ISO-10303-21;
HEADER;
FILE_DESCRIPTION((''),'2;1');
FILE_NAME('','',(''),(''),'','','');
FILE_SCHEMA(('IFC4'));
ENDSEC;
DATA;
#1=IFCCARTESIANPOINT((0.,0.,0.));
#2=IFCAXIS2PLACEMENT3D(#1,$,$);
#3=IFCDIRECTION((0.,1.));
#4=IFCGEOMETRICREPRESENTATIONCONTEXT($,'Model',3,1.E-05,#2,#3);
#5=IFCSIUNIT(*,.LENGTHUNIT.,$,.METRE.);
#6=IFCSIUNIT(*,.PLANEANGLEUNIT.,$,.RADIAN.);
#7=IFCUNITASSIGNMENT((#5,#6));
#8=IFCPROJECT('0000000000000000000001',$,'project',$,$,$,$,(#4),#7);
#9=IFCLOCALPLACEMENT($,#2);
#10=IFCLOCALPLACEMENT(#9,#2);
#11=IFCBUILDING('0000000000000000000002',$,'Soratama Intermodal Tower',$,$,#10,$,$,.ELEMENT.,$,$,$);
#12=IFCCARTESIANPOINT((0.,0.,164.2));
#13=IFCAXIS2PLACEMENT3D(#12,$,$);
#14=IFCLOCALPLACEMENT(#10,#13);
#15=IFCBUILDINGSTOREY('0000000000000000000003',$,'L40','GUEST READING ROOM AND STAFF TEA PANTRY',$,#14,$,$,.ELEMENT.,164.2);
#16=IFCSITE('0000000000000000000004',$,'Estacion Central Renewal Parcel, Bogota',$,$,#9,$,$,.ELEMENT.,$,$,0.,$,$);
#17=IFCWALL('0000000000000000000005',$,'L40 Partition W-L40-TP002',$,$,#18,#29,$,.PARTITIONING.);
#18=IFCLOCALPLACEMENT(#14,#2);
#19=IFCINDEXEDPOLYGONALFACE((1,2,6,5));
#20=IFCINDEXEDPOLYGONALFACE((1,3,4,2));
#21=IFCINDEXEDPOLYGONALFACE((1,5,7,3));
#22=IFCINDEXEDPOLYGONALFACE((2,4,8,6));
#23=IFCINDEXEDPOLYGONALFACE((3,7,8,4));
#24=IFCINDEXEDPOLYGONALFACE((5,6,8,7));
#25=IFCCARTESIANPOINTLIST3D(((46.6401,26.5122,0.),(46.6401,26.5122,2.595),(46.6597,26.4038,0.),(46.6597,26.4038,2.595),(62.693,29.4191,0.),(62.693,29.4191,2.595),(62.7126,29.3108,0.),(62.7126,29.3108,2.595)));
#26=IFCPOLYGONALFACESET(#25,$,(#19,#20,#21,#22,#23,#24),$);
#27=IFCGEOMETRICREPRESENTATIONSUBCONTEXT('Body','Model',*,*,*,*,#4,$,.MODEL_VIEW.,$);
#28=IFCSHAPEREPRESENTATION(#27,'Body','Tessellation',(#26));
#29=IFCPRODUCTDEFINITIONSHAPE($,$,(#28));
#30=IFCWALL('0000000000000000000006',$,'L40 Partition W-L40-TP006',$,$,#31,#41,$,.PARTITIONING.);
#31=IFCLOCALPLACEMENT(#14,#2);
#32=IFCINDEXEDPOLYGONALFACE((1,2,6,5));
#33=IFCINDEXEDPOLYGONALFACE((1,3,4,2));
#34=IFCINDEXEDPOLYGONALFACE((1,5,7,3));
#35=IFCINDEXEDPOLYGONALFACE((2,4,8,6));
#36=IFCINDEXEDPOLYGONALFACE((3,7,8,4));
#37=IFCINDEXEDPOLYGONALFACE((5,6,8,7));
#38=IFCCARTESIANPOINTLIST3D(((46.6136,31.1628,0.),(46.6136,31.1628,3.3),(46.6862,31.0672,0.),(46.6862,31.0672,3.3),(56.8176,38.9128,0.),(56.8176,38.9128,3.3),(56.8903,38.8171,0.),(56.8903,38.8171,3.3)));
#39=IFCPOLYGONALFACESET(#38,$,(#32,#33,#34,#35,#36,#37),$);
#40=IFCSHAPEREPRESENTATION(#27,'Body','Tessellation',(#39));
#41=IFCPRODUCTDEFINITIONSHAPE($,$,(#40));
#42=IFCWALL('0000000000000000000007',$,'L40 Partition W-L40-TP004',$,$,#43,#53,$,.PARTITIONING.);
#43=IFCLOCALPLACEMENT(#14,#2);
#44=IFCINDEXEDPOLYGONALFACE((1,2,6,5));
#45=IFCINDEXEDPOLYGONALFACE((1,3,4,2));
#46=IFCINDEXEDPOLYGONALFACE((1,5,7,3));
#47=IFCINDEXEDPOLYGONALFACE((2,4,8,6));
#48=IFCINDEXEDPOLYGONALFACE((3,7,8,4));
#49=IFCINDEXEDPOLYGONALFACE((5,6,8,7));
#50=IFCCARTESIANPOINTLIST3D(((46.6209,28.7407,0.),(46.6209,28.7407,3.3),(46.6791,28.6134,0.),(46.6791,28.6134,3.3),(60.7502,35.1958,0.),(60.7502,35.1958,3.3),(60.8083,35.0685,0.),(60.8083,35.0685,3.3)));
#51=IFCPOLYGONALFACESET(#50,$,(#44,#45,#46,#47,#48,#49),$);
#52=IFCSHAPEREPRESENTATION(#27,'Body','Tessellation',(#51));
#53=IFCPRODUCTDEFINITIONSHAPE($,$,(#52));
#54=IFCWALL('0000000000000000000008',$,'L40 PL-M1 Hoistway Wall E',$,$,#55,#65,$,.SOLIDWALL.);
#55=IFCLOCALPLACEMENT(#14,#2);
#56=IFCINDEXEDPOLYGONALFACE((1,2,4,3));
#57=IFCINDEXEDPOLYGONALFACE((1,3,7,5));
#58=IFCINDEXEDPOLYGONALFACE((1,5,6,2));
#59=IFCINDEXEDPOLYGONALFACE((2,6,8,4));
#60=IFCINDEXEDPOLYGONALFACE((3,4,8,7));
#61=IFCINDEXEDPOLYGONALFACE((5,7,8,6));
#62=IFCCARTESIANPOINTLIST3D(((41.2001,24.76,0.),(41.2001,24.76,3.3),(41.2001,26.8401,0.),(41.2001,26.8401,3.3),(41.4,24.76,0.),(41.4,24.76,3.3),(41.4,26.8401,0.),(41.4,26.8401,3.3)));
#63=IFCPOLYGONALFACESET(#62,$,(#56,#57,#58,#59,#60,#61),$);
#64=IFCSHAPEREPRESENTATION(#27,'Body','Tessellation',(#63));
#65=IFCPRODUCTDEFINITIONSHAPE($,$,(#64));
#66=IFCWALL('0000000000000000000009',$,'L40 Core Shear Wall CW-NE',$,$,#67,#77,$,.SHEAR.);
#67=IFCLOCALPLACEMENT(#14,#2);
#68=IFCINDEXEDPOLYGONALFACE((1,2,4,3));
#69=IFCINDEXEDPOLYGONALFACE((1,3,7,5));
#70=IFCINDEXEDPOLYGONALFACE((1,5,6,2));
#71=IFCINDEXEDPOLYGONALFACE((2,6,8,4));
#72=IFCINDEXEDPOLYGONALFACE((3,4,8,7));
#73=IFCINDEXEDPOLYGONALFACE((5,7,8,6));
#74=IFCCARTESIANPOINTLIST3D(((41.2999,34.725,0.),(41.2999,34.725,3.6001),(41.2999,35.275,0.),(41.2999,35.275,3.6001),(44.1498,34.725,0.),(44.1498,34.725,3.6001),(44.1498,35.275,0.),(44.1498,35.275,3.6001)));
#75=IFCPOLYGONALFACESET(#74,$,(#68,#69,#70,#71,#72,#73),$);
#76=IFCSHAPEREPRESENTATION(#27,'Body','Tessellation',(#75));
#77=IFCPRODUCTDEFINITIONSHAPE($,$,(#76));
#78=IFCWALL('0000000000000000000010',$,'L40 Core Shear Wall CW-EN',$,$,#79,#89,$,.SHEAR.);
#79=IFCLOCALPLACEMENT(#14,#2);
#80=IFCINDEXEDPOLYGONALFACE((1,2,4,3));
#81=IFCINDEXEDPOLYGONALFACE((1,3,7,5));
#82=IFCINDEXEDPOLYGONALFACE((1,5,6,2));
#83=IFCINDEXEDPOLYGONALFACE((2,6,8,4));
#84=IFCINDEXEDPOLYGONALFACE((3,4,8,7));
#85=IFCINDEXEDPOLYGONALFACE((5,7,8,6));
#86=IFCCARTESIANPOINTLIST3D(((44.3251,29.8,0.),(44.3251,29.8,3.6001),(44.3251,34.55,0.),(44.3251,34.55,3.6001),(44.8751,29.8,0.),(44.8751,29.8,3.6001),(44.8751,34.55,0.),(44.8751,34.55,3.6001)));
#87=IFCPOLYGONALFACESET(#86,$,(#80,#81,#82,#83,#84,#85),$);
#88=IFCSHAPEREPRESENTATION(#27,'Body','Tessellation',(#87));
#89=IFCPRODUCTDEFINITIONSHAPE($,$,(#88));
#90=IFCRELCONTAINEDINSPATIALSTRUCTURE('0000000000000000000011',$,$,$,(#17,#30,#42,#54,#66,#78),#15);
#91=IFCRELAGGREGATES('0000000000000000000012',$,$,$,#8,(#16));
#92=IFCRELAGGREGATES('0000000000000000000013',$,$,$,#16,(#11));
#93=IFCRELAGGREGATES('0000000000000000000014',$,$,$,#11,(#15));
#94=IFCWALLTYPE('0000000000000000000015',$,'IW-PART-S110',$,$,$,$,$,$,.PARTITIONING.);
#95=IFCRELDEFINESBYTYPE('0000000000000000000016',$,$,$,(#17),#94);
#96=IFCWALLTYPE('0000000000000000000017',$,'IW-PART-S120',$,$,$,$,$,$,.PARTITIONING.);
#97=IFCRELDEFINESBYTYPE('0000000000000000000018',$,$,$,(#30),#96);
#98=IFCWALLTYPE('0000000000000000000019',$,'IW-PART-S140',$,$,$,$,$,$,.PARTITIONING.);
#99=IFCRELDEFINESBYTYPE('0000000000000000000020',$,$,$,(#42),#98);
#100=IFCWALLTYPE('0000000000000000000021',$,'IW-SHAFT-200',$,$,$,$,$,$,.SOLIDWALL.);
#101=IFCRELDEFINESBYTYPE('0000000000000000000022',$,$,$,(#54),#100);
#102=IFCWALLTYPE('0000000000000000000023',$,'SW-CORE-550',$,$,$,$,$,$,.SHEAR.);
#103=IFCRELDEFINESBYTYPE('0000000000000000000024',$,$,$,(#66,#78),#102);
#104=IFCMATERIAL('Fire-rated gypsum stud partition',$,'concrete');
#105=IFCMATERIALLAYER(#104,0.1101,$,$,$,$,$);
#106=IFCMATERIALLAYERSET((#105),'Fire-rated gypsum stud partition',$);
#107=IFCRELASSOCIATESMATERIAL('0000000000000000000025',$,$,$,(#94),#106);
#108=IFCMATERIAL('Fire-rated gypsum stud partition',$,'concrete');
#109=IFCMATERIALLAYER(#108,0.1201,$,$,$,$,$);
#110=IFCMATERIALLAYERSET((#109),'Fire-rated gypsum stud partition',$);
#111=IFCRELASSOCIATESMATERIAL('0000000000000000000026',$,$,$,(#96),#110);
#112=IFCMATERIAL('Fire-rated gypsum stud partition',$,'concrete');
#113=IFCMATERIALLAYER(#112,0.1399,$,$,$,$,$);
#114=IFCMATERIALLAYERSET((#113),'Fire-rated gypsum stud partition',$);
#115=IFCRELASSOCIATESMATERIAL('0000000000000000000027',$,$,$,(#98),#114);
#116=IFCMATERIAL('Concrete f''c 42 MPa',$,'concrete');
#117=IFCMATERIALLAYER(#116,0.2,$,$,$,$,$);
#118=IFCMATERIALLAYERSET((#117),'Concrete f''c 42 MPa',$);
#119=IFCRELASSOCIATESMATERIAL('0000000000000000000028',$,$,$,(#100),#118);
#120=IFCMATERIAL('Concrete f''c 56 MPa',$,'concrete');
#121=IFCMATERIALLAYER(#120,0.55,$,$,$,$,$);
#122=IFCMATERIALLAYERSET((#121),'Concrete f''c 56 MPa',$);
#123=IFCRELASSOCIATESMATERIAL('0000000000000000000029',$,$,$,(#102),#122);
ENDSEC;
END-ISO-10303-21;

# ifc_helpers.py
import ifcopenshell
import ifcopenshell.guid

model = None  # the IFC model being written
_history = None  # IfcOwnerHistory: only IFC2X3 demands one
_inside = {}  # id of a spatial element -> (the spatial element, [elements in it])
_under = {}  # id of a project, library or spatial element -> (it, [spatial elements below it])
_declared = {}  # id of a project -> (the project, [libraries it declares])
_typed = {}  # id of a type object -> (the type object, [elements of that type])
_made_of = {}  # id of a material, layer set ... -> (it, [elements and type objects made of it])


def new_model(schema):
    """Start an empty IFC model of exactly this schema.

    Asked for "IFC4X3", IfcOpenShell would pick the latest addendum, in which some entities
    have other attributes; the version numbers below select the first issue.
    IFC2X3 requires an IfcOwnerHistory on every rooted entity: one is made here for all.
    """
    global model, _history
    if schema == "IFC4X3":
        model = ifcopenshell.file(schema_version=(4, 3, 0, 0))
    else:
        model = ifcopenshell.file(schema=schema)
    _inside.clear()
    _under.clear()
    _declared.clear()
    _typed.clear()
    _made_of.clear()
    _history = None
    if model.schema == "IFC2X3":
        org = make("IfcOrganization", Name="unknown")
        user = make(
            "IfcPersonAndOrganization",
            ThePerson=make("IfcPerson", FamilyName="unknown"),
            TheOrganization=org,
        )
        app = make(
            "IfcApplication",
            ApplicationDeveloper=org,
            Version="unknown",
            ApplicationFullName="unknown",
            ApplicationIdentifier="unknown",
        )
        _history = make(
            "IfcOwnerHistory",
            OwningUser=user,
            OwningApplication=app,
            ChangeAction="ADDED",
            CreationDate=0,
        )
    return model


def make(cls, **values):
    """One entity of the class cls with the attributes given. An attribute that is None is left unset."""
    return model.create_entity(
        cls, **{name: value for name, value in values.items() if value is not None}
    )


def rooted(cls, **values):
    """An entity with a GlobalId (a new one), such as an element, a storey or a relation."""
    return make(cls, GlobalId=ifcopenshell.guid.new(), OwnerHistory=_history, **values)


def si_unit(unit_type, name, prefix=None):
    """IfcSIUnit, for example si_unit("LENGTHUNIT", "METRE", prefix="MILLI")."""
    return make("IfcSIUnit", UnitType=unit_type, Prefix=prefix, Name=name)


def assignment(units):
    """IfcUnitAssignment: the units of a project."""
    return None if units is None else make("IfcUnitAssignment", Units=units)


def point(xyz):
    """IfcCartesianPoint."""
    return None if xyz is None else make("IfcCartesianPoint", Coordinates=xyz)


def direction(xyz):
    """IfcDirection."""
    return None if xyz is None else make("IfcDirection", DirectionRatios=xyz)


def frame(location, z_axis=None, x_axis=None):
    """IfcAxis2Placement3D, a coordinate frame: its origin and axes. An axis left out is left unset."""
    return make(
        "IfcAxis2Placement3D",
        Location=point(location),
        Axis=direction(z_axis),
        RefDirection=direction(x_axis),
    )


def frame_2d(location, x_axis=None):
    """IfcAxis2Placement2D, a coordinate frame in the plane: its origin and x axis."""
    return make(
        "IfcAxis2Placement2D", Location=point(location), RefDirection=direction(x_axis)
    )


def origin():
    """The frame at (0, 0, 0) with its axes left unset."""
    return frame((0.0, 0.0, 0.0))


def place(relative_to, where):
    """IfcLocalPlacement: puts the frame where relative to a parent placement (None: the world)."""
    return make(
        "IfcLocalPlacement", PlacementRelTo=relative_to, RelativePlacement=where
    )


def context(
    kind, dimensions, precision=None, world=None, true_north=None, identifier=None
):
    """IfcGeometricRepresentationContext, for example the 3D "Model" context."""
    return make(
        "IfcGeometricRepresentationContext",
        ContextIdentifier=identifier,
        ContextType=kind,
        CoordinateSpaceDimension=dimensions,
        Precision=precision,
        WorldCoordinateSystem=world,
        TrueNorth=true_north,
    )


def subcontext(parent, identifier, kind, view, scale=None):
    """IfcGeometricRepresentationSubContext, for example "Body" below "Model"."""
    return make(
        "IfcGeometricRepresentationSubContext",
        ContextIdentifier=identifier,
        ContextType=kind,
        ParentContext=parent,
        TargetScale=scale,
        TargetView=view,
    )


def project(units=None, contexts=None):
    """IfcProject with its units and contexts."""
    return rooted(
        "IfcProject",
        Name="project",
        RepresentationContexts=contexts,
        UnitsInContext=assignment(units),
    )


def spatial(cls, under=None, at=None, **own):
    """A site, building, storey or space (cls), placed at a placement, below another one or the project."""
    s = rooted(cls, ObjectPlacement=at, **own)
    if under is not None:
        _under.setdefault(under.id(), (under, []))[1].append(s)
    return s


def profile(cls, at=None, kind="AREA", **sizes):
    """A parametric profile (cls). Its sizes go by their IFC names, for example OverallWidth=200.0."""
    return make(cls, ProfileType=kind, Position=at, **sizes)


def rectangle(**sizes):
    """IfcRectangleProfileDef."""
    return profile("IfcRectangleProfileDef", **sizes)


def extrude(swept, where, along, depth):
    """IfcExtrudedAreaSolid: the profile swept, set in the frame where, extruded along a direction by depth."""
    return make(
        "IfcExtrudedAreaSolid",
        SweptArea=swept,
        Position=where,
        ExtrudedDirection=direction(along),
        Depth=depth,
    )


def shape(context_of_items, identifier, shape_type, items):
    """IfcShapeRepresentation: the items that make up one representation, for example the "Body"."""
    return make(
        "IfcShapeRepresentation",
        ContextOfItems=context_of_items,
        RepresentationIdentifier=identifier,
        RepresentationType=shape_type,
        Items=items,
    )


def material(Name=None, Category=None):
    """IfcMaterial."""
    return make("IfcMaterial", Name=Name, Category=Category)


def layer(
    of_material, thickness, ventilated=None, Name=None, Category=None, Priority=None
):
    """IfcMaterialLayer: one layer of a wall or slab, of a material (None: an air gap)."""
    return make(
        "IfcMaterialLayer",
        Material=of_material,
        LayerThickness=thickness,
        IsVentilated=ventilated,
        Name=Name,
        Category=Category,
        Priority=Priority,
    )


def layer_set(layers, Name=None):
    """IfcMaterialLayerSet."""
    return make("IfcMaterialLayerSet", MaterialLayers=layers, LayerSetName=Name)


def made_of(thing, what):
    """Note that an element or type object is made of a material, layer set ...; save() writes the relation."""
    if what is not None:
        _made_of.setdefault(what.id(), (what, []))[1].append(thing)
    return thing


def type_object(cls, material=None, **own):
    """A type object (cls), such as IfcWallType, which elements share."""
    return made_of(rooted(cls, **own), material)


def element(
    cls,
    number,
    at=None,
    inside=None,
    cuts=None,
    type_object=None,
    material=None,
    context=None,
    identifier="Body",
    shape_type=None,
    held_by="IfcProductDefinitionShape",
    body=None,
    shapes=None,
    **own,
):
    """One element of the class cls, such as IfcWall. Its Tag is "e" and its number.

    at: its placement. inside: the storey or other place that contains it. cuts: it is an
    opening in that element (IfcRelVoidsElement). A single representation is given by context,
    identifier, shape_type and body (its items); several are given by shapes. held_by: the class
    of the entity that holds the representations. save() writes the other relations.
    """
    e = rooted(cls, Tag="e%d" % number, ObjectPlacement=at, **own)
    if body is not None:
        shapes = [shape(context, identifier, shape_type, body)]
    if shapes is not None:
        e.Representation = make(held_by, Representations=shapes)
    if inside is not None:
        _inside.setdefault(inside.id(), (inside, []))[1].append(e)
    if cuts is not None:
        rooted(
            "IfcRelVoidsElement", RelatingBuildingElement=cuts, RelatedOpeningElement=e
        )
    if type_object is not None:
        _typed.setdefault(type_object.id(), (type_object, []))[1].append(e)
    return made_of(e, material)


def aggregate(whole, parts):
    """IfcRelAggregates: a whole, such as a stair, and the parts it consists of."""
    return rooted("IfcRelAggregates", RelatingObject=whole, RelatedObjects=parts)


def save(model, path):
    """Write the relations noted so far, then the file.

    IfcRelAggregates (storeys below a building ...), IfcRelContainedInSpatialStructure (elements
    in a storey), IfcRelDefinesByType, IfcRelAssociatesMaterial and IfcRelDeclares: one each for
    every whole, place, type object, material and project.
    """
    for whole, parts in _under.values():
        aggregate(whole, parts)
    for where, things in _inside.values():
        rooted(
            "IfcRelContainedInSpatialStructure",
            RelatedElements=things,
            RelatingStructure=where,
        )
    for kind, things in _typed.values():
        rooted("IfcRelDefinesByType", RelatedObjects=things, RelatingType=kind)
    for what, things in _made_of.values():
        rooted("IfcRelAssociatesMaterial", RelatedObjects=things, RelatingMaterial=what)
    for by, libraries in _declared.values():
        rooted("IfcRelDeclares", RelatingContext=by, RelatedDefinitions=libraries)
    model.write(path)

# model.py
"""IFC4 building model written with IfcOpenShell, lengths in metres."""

from ifc_helpers import new_model, si_unit, direction, frame, frame_2d, origin, place, context, subcontext, project, spatial, rectangle, extrude, material, layer, layer_set, type_object, element, save


model = new_model("IFC4")

# Units and contexts
model_context = context("Model", 3, precision=1e-05, world=origin(), true_north=direction((0.0, 1.0)))
body_context = subcontext(model_context, "Body", "Model", "MODEL_VIEW")
ifc_project = project(units=[si_unit("LENGTHUNIT", "METRE"), si_unit("PLANEANGLEUNIT", "RADIAN")], contexts=[model_context])

# Site, building, storey
site_placement = place(None, origin())
site = spatial("IfcSite", under=ifc_project, at=site_placement, Name="Estacion Central Renewal Parcel, Bogota", CompositionType="ELEMENT", RefElevation=0.0)
building_placement = place(site_placement, origin())
building = spatial("IfcBuilding", under=site, at=building_placement, Name="Soratama Intermodal Tower", CompositionType="ELEMENT")
storey_placement = place(building_placement, frame((0.0, 0.0, 164.2)))
storey = spatial("IfcBuildingStorey", under=building, at=storey_placement, Name="L40", Description="GUEST READING ROOM AND STAFF TEA PANTRY", CompositionType="ELEMENT", Elevation=164.2)

# Walls
ifc_material_1 = material(Name="Fire-rated gypsum stud partition", Category="concrete")
ifc_layer_1 = layer(ifc_material_1, 0.1101)
ifc_layer_set_1 = layer_set([ifc_layer_1], Name="Fire-rated gypsum stud partition")
wall_type_1 = type_object("IfcWallType", Name="IW-PART-S110", PredefinedType="PARTITIONING", material=ifc_layer_set_1)
wall_1_placement = place(storey_placement, frame((46.6499, 26.458, 0.0), z_axis=(0.0, 0.0, 1.0), x_axis=(0.983996, 0.178189, 0.0)))
element("IfcWall", 1, at=wall_1_placement, inside=storey, type_object=wall_type_1, Name="L40 Partition W-L40-TP002", PredefinedType="PARTITIONING", context=body_context, shape_type="SweptSolid", body=[
    extrude(rectangle(XDim=16.314, YDim=0.1101, at=frame_2d((8.157, 0.0))), origin(), (0.0, 0.0, 1.0), 2.595),
])
ifc_material_2 = material(Name="Fire-rated gypsum stud partition", Category="concrete")
ifc_layer_2 = layer(ifc_material_2, 0.1201)
ifc_layer_set_2 = layer_set([ifc_layer_2], Name="Fire-rated gypsum stud partition")
wall_type_2 = type_object("IfcWallType", Name="IW-PART-S120", PredefinedType="PARTITIONING", material=ifc_layer_set_2)
wall_2_placement = place(storey_placement, frame((46.6499, 31.115, 0.0), z_axis=(0.0, 0.0, 1.0), x_axis=(0.796355, 0.60483, 0.0)))
element("IfcWall", 2, at=wall_2_placement, inside=storey, type_object=wall_type_2, Name="L40 Partition W-L40-TP006", PredefinedType="PARTITIONING", context=body_context, shape_type="SweptSolid", body=[
    extrude(rectangle(XDim=12.8135, YDim=0.1201, at=frame_2d((6.4067, 0.0))), origin(), (0.0, 0.0, 1.0), 3.3),
])
ifc_material_3 = material(Name="Fire-rated gypsum stud partition", Category="concrete")
ifc_layer_3 = layer(ifc_material_3, 0.1399)
ifc_layer_set_3 = layer_set([ifc_layer_3], Name="Fire-rated gypsum stud partition")
wall_type_3 = type_object("IfcWallType", Name="IW-PART-S140", PredefinedType="PARTITIONING", material=ifc_layer_set_3)
wall_3_placement = place(storey_placement, frame((46.6499, 28.677, 0.0), z_axis=(0.0, 0.0, 1.0), x_axis=(0.909571, 0.415549, 0.0)))
element("IfcWall", 3, at=wall_3_placement, inside=storey, type_object=wall_type_3, Name="L40 Partition W-L40-TP004", PredefinedType="PARTITIONING", context=body_context, shape_type="SweptSolid", body=[
    extrude(rectangle(XDim=15.5339, YDim=0.1399, at=frame_2d((7.7671, 0.0))), origin(), (0.0, 0.0, 1.0), 3.3),
])
ifc_material_4 = material(Name="Concrete f'c 42 MPa", Category="concrete")
ifc_layer_4 = layer(ifc_material_4, 0.2)
ifc_layer_set_4 = layer_set([ifc_layer_4], Name="Concrete f'c 42 MPa")
wall_type_4 = type_object("IfcWallType", Name="IW-SHAFT-200", PredefinedType="SOLIDWALL", material=ifc_layer_set_4)
wall_4_placement = place(storey_placement, frame((41.3, 24.76, 0.0), z_axis=(0.0, 0.0, 1.0), x_axis=(0.0, 1.0, 0.0)))
element("IfcWall", 4, at=wall_4_placement, inside=storey, type_object=wall_type_4, Name="L40 PL-M1 Hoistway Wall E", PredefinedType="SOLIDWALL", context=body_context, shape_type="SweptSolid", body=[
    extrude(rectangle(XDim=2.0801, YDim=0.2, at=frame_2d((1.04, 0.0))), origin(), (0.0, 0.0, 1.0), 3.3),
])
ifc_material_5 = material(Name="Concrete f'c 56 MPa", Category="concrete")
ifc_layer_5 = layer(ifc_material_5, 0.55)
ifc_layer_set_5 = layer_set([ifc_layer_5], Name="Concrete f'c 56 MPa")
wall_type_5 = type_object("IfcWallType", Name="SW-CORE-550", PredefinedType="SHEAR", material=ifc_layer_set_5)
wall_5_placement = place(storey_placement, frame((41.3, 35.0, 0.0), z_axis=(0.0, 0.0, 1.0), x_axis=(1.0, 0.0, 0.0)))
element("IfcWall", 5, at=wall_5_placement, inside=storey, type_object=wall_type_5, Name="L40 Core Shear Wall CW-NE", PredefinedType="SHEAR", context=body_context, shape_type="SweptSolid", body=[
    extrude(rectangle(XDim=2.8499, YDim=0.55, at=frame_2d((1.4248, 0.0))), origin(), (0.0, 0.0, 1.0), 3.6001),
])
wall_6_placement = place(storey_placement, frame((44.6001, 29.8, 0.0), z_axis=(0.0, 0.0, 1.0), x_axis=(0.0, 1.0, 0.0)))
element("IfcWall", 6, at=wall_6_placement, inside=storey, type_object=wall_type_5, Name="L40 Core Shear Wall CW-EN", PredefinedType="SHEAR", context=body_context, shape_type="SweptSolid", body=[
    extrude(rectangle(XDim=4.75, YDim=0.55, at=frame_2d((2.375, 0.0))), origin(), (0.0, 0.0, 1.0), 3.6001),
])

save(model, "model.ifc")
